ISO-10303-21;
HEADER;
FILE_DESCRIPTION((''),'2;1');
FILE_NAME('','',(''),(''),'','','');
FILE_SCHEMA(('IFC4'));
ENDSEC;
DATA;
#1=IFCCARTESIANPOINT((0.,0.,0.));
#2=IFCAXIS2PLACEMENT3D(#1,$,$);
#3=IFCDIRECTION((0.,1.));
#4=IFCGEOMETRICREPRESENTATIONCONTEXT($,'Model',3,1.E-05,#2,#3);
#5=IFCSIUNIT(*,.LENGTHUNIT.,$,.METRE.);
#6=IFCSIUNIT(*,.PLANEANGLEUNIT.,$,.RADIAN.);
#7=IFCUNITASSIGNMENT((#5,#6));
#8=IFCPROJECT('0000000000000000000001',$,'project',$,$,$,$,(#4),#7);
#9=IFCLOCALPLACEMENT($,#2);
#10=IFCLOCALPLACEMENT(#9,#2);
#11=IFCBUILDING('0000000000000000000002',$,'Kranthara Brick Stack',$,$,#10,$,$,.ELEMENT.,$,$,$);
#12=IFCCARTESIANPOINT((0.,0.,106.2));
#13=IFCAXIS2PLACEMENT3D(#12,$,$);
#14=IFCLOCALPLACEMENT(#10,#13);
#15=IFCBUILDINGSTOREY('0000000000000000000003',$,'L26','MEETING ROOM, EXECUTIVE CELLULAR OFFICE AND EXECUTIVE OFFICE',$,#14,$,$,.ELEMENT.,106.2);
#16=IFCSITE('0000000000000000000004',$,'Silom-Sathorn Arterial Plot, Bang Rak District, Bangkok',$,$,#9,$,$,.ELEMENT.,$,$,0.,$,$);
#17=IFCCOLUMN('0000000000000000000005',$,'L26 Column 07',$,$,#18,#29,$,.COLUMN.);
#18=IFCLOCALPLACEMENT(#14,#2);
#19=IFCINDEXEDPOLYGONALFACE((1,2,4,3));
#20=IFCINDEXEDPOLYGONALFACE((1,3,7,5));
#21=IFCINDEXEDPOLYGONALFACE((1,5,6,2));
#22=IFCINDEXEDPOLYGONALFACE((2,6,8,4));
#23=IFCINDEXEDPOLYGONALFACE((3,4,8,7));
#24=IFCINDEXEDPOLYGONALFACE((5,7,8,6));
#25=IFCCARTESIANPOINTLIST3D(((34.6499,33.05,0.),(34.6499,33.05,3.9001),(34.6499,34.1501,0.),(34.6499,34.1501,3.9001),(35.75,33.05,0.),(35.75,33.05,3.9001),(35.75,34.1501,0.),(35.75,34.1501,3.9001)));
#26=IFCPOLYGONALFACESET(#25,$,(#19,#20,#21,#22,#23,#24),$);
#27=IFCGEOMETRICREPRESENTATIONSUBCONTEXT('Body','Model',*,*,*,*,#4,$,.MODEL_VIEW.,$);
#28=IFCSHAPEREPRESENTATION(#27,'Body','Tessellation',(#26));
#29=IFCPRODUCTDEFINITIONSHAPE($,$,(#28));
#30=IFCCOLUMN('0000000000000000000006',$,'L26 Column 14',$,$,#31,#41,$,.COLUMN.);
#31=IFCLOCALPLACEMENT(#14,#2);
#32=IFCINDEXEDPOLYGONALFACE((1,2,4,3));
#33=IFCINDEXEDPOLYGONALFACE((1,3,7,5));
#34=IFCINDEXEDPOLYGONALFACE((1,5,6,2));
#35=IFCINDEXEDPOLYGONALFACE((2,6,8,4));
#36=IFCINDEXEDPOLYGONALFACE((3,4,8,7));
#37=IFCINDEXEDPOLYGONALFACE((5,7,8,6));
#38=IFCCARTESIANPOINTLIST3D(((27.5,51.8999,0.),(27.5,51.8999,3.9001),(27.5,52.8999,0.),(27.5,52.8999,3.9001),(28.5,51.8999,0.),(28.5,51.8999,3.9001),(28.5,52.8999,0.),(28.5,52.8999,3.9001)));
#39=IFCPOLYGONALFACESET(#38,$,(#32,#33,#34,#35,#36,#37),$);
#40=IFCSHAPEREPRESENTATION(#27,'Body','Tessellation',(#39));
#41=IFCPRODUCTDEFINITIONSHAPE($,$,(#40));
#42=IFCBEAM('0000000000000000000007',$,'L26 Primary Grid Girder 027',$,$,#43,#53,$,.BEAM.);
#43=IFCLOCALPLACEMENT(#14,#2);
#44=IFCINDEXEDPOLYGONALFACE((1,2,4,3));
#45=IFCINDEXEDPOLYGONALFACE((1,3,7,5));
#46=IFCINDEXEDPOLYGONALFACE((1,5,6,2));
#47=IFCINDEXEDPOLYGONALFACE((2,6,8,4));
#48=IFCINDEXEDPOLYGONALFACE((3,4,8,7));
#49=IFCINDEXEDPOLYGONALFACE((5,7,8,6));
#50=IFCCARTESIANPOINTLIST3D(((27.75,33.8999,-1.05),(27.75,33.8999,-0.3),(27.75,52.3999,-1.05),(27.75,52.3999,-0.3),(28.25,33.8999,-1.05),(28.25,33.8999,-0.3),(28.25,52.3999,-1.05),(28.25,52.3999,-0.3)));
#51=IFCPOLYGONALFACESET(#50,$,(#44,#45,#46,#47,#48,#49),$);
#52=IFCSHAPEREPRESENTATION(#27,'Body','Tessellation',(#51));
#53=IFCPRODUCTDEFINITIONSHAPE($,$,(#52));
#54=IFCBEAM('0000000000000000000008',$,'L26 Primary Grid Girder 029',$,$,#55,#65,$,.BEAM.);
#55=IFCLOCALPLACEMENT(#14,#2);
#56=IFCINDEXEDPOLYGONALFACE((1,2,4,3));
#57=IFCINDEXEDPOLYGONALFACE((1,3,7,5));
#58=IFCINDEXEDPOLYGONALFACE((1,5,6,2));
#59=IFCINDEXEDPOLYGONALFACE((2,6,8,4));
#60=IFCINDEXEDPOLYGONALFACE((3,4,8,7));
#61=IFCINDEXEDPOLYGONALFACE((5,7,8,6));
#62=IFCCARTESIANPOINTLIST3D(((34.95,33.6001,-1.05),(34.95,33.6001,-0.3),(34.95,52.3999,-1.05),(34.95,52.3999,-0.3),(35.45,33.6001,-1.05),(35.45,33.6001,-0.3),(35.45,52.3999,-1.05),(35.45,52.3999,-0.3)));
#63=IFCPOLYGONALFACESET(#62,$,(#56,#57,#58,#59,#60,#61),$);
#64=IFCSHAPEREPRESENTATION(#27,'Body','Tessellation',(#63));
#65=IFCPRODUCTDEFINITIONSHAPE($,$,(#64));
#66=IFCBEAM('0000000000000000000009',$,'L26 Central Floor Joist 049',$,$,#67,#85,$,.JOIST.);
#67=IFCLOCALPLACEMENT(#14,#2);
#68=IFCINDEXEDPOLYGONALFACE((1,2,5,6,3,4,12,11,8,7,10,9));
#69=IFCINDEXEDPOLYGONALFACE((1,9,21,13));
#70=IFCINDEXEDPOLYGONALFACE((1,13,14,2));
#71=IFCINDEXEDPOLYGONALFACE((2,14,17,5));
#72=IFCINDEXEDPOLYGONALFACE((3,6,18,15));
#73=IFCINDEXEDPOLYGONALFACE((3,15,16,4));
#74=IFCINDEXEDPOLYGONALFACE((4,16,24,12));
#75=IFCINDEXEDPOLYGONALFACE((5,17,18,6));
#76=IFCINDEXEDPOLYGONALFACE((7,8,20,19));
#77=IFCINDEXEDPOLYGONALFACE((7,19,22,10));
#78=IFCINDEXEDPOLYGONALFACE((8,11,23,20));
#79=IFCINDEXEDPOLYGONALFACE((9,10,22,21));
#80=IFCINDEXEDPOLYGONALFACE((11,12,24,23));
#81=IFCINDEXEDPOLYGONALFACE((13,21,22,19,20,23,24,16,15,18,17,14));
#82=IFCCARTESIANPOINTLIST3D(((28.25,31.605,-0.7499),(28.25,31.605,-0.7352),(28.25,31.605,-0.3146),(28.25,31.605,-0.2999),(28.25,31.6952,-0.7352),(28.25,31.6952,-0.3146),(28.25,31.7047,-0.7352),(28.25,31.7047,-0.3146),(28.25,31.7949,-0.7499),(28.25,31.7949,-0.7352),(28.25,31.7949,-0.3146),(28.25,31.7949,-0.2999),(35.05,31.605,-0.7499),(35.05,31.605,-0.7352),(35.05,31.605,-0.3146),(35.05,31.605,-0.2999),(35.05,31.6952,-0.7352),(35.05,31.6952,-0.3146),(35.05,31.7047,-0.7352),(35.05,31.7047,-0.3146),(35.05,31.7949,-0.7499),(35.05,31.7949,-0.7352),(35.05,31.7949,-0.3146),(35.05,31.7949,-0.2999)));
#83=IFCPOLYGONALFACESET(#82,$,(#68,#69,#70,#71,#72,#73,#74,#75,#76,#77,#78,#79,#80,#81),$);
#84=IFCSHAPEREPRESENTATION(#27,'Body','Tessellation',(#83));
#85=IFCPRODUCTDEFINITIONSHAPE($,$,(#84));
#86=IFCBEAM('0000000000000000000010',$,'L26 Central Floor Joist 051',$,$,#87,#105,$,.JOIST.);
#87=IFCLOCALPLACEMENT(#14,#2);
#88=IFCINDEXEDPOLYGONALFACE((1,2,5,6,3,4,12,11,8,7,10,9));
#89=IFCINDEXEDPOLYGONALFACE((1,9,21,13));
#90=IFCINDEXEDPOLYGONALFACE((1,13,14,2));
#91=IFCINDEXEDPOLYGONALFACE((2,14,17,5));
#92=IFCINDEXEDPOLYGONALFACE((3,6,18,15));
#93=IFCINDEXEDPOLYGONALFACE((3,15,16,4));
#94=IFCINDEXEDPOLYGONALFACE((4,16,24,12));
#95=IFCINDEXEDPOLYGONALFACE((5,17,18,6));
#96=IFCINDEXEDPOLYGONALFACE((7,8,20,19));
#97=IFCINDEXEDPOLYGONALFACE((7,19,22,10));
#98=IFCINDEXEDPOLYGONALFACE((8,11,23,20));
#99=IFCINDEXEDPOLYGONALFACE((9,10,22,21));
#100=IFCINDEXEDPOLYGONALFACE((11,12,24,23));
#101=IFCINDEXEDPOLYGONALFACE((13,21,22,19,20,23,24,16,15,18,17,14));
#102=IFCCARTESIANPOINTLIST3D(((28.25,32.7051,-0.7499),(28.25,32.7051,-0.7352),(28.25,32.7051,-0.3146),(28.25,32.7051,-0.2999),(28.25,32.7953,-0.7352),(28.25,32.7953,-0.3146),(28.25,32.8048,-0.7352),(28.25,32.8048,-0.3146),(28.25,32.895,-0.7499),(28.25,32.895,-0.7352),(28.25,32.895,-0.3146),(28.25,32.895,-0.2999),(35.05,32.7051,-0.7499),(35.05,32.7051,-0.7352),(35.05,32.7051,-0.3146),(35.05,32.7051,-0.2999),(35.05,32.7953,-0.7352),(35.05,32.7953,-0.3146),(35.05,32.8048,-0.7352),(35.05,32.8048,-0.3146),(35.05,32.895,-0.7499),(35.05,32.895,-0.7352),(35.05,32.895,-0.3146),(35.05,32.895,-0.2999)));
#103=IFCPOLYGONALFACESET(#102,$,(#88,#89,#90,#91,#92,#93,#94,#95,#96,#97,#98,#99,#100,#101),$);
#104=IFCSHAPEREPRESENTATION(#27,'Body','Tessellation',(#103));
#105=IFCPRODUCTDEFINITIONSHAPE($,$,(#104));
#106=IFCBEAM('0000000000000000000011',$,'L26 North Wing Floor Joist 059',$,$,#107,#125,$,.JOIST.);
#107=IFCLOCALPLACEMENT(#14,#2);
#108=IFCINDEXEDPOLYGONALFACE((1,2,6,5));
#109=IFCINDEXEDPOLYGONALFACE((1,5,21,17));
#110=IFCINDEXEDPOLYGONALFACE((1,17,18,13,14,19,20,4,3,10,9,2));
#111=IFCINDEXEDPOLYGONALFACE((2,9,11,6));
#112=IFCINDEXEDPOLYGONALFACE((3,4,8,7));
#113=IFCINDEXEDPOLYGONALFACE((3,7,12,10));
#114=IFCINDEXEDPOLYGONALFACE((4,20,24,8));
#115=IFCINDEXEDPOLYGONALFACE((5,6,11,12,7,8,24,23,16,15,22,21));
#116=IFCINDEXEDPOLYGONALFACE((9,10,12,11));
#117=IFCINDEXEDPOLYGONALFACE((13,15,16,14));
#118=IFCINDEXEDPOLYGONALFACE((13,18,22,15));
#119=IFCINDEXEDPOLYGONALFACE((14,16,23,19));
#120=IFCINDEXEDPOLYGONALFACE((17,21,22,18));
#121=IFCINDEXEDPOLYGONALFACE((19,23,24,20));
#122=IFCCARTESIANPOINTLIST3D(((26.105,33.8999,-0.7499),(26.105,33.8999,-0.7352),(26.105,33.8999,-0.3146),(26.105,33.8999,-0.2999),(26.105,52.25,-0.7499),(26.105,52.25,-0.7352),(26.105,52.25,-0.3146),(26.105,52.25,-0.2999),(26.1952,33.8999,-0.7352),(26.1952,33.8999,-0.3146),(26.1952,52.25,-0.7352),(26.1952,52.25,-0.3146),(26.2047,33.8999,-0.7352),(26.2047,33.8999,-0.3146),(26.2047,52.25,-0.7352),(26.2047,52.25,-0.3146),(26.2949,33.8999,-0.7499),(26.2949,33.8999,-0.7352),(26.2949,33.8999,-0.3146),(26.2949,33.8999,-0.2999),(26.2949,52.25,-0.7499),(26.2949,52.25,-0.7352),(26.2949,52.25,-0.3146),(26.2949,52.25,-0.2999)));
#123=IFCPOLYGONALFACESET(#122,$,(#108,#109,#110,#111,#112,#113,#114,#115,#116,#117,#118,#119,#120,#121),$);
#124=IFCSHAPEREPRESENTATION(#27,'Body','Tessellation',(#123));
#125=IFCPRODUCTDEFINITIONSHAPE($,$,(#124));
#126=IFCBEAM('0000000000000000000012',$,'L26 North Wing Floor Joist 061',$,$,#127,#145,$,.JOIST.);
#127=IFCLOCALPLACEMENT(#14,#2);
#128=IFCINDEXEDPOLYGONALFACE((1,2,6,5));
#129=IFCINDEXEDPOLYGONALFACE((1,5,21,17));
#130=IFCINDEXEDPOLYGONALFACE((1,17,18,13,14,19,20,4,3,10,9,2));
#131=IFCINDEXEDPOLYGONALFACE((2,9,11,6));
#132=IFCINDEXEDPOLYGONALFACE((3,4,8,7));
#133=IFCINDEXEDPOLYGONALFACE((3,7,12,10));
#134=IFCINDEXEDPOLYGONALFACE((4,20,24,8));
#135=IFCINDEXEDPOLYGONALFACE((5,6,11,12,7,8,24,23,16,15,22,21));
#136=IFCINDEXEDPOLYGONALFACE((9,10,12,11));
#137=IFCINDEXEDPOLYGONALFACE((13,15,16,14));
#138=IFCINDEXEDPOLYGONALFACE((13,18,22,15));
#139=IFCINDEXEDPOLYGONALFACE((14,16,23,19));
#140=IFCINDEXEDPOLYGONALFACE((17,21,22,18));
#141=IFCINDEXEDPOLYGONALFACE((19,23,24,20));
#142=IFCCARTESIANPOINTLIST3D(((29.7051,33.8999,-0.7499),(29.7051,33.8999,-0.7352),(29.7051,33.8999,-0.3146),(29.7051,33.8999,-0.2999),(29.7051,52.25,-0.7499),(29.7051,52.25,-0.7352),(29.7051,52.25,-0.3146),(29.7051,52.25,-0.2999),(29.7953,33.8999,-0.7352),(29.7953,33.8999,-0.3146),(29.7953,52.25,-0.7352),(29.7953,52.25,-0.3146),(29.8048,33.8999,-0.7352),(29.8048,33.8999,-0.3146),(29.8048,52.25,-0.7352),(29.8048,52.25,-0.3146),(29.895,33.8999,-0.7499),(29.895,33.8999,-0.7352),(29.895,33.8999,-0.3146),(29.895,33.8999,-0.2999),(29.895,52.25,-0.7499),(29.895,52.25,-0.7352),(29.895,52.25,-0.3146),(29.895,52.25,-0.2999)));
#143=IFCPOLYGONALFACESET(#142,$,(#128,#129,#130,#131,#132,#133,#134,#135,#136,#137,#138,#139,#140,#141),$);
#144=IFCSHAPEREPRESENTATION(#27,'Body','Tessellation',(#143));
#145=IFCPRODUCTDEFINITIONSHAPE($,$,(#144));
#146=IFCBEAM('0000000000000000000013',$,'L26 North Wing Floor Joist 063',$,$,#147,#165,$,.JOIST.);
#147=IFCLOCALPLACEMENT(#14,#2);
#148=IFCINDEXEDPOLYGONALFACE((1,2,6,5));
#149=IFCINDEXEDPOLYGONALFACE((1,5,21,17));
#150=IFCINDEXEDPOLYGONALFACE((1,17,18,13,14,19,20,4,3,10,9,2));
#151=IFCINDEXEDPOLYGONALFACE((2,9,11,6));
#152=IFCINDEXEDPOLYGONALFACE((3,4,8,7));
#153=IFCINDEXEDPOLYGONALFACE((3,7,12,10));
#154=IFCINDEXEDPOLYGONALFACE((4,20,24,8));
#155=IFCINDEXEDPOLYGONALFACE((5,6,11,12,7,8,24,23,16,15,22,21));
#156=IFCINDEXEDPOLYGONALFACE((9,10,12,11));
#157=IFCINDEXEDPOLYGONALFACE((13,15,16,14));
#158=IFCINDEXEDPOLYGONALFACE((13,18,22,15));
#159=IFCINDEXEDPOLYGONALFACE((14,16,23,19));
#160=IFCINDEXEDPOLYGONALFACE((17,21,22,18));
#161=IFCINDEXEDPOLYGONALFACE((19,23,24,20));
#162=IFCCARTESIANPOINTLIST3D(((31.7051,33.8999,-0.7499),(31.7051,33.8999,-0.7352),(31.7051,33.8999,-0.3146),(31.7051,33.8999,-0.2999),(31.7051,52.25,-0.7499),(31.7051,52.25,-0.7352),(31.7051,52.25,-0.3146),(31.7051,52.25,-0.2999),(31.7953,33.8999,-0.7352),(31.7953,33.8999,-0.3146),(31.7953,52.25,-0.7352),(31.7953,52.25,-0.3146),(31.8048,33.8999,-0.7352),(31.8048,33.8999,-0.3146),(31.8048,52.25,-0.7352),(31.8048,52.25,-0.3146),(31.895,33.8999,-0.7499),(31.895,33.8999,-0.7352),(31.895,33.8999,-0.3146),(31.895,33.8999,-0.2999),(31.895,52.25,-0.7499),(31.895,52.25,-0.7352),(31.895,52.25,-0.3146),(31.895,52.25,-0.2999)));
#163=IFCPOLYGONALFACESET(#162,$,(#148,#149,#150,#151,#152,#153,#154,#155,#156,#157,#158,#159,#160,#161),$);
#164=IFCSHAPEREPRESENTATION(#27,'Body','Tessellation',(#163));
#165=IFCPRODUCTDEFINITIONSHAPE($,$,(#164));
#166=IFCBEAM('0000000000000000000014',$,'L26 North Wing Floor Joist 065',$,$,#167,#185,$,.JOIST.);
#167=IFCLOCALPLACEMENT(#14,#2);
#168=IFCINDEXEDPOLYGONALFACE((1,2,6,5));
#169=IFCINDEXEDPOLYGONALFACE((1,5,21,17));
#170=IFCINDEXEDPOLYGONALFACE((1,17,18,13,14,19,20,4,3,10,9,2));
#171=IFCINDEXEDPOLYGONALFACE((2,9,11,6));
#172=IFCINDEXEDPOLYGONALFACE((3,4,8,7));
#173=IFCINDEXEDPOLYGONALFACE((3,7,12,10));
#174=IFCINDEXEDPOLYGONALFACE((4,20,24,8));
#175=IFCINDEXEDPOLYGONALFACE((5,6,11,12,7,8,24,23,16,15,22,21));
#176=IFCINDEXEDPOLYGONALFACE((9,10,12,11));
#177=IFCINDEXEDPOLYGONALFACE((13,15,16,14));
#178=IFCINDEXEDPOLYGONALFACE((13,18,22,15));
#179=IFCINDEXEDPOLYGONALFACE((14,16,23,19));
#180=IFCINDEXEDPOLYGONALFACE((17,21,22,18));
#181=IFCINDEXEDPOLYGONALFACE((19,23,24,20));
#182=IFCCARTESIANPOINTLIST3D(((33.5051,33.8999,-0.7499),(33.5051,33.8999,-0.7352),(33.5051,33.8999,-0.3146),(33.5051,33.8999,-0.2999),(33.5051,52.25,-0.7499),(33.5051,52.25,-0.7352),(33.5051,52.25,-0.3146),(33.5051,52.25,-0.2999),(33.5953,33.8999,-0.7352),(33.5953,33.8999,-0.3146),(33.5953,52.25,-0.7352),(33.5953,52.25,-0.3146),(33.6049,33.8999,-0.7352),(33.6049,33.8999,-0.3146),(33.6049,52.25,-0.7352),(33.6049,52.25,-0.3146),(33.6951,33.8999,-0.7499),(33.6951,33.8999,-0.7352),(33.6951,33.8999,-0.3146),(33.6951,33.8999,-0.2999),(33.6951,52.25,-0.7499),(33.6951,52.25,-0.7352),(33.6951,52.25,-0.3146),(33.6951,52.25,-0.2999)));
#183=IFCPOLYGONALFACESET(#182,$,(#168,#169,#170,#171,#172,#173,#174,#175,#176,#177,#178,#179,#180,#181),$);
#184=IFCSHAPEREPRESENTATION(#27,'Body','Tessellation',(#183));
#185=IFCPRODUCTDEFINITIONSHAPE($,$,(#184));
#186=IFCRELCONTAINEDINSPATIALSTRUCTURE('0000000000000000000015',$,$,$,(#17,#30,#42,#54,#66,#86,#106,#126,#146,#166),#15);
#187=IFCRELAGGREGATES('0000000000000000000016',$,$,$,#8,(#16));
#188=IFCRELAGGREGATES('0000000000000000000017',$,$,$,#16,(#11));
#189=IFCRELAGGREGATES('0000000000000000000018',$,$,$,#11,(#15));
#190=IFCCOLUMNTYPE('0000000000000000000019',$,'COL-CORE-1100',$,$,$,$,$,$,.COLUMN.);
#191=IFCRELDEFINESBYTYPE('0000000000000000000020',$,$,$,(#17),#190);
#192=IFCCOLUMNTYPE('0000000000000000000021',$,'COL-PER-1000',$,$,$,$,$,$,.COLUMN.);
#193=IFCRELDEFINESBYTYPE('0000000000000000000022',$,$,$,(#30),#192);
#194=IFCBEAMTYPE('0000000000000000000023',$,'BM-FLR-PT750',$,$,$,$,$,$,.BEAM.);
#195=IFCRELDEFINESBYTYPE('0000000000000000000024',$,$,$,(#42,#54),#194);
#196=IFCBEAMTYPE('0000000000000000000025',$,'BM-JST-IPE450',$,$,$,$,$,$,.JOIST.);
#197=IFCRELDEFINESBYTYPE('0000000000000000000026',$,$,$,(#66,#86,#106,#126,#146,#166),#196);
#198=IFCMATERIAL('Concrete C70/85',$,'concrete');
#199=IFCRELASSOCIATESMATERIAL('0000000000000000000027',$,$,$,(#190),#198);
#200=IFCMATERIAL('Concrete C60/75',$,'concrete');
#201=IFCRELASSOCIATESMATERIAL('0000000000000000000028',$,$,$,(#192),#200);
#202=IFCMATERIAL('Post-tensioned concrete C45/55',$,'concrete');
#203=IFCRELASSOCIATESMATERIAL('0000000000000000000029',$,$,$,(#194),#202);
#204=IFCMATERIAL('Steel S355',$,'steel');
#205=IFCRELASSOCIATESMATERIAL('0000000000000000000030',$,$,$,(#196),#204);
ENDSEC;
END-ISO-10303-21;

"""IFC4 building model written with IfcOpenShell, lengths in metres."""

from ifc_helpers import new_model, si_unit, direction, frame, origin, origin_2d, place, context, subcontext, project, spatial, rectangle, i_section, extrude, material, material_profile, profile_set, type_object, element, save


model = new_model("IFC4")

# Units and contexts
model_context = context("Model", 3, precision=1e-05, world=origin(), true_north=direction((0.0, 1.0)))
body_context = subcontext(model_context, "Body", "Model", "MODEL_VIEW")
ifc_project = project(units=[si_unit("LENGTHUNIT", "METRE"), si_unit("PLANEANGLEUNIT", "RADIAN")], contexts=[model_context])

# Site, building, storey
site_placement = place(None, origin())
site = spatial("IfcSite", under=ifc_project, at=site_placement, Name="Silom-Sathorn Arterial Plot, Bang Rak District, Bangkok", CompositionType="ELEMENT", RefElevation=0.0)
building_placement = place(site_placement, origin())
building = spatial("IfcBuilding", under=site, at=building_placement, Name="Kranthara Brick Stack", CompositionType="ELEMENT")
storey_placement = place(building_placement, frame((0.0, 0.0, 106.2)))
storey = spatial("IfcBuildingStorey", under=building, at=storey_placement, Name="L26", Description="MEETING ROOM, EXECUTIVE CELLULAR OFFICE AND EXECUTIVE OFFICE", CompositionType="ELEMENT", Elevation=106.2)

# Columns
ifc_material_1 = material(Name="Concrete C70/85", Category="concrete")
ifc_material_profile_1 = material_profile(ifc_material_1, rectangle(XDim=1.1001, YDim=1.1001, at=origin_2d()), Name="RC 1100x1100")
ifc_profile_set_1 = profile_set([ifc_material_profile_1], Name="Concrete C70/85")
column_type_1 = type_object("IfcColumnType", Name="COL-CORE-1100", PredefinedType="COLUMN", material=ifc_profile_set_1)
column_1_placement = place(storey_placement, frame((35.2, 33.6001, 0.0), z_axis=(0.0, 0.0, 1.0), x_axis=(1.0, 0.0, 0.0)))
element("IfcColumn", 1, at=column_1_placement, inside=storey, type_object=column_type_1, Name="L26 Column 07", PredefinedType="COLUMN", context=body_context, shape_type="SweptSolid", body=[
    extrude(rectangle(XDim=1.1001, YDim=1.1001, at=origin_2d()), origin(), (0.0, 0.0, 1.0), 3.9001),
])
ifc_material_2 = material(Name="Concrete C60/75", Category="concrete")
ifc_material_profile_2 = material_profile(ifc_material_2, rectangle(XDim=1.0, YDim=1.0, at=origin_2d()), Name="RC 1000x1000")
ifc_profile_set_2 = profile_set([ifc_material_profile_2], Name="Concrete C60/75")
column_type_2 = type_object("IfcColumnType", Name="COL-PER-1000", PredefinedType="COLUMN", material=ifc_profile_set_2)
column_2_placement = place(storey_placement, frame((28.0, 52.3999, 0.0), z_axis=(0.0, 0.0, 1.0), x_axis=(1.0, 0.0, 0.0)))
element("IfcColumn", 2, at=column_2_placement, inside=storey, type_object=column_type_2, Name="L26 Column 14", PredefinedType="COLUMN", context=body_context, shape_type="SweptSolid", body=[
    extrude(rectangle(XDim=1.0, YDim=1.0, at=origin_2d()), origin(), (0.0, 0.0, 1.0), 3.9001),
])

# Beams
ifc_material_3 = material(Name="Post-tensioned concrete C45/55", Category="concrete")
ifc_material_profile_3 = material_profile(ifc_material_3, rectangle(XDim=0.5, YDim=0.75, at=origin_2d()), Name="PT 500x750")
ifc_profile_set_3 = profile_set([ifc_material_profile_3], Name="Post-tensioned concrete C45/55")
beam_type_1 = type_object("IfcBeamType", Name="BM-FLR-PT750", PredefinedType="BEAM", material=ifc_profile_set_3)
beam_1_placement = place(storey_placement, frame((28.0, 33.8999, -0.675), z_axis=(0.0, 1.0, 0.0), x_axis=(-1.0, 0.0, 0.0)))
element("IfcBeam", 3, at=beam_1_placement, inside=storey, type_object=beam_type_1, Name="L26 Primary Grid Girder 027", PredefinedType="BEAM", context=body_context, shape_type="SweptSolid", body=[
    extrude(rectangle(XDim=0.5, YDim=0.75, at=origin_2d()), origin(), (0.0, 0.0, 1.0), 18.5),
])
beam_2_placement = place(storey_placement, frame((35.2, 33.6001, -0.675), z_axis=(0.0, 1.0, 0.0), x_axis=(-1.0, 0.0, 0.0)))
element("IfcBeam", 4, at=beam_2_placement, inside=storey, type_object=beam_type_1, Name="L26 Primary Grid Girder 029", PredefinedType="BEAM", context=body_context, shape_type="SweptSolid", body=[
    extrude(rectangle(XDim=0.5, YDim=0.75, at=origin_2d()), origin(), (0.0, 0.0, 1.0), 18.7998),
])
ifc_material_4 = material(Name="Steel S355", Category="steel")
ifc_material_profile_4 = material_profile(ifc_material_4, i_section(OverallWidth=0.1899, OverallDepth=0.45, WebThickness=0.0095, FlangeThickness=0.0146, at=origin_2d()), Name="IPE 450")
ifc_profile_set_4 = profile_set([ifc_material_profile_4], Name="Steel S355")
beam_type_2 = type_object("IfcBeamType", Name="BM-JST-IPE450", PredefinedType="JOIST", material=ifc_profile_set_4)
for number, where, z_axis, x_axis, name in (
    (5, (28.25, 31.7, -0.5249), (1.0, 0.0, 0.0), (0.0, 1.0, 0.0), "L26 Central Floor Joist 049"),
    (6, (28.25, 32.8, -0.5249), (1.0, 0.0, 0.0), (0.0, 1.0, 0.0), "L26 Central Floor Joist 051"),
):
    element("IfcBeam", number, at=place(storey_placement, frame(where, z_axis=z_axis, x_axis=x_axis)), inside=storey, type_object=beam_type_2, Name=name, PredefinedType="JOIST", context=body_context, shape_type="SweptSolid", body=[
        extrude(i_section(OverallWidth=0.1899, OverallDepth=0.45, WebThickness=0.0095, FlangeThickness=0.0146, at=origin_2d()), origin(), (0.0, 0.0, 1.0), 6.8),
    ])
for number, where, z_axis, x_axis, name in (
    (7, (26.2, 33.8999, -0.5249), (0.0, 1.0, 0.0), (-1.0, 0.0, 0.0), "L26 North Wing Floor Joist 059"),
    (8, (29.8, 33.8999, -0.5249), (0.0, 1.0, 0.0), (-1.0, 0.0, 0.0), "L26 North Wing Floor Joist 061"),
    (9, (31.8, 33.8999, -0.5249), (0.0, 1.0, 0.0), (-1.0, 0.0, 0.0), "L26 North Wing Floor Joist 063"),
    (10, (33.6001, 33.8999, -0.5249), (0.0, 1.0, 0.0), (-1.0, 0.0, 0.0), "L26 North Wing Floor Joist 065"),
):
    element("IfcBeam", number, at=place(storey_placement, frame(where, z_axis=z_axis, x_axis=x_axis)), inside=storey, type_object=beam_type_2, Name=name, PredefinedType="JOIST", context=body_context, shape_type="SweptSolid", body=[
        extrude(i_section(OverallWidth=0.1899, OverallDepth=0.45, WebThickness=0.0095, FlangeThickness=0.0146, at=origin_2d()), origin(), (0.0, 0.0, 1.0), 18.3501),
    ])

save(model, "model.ifc")
